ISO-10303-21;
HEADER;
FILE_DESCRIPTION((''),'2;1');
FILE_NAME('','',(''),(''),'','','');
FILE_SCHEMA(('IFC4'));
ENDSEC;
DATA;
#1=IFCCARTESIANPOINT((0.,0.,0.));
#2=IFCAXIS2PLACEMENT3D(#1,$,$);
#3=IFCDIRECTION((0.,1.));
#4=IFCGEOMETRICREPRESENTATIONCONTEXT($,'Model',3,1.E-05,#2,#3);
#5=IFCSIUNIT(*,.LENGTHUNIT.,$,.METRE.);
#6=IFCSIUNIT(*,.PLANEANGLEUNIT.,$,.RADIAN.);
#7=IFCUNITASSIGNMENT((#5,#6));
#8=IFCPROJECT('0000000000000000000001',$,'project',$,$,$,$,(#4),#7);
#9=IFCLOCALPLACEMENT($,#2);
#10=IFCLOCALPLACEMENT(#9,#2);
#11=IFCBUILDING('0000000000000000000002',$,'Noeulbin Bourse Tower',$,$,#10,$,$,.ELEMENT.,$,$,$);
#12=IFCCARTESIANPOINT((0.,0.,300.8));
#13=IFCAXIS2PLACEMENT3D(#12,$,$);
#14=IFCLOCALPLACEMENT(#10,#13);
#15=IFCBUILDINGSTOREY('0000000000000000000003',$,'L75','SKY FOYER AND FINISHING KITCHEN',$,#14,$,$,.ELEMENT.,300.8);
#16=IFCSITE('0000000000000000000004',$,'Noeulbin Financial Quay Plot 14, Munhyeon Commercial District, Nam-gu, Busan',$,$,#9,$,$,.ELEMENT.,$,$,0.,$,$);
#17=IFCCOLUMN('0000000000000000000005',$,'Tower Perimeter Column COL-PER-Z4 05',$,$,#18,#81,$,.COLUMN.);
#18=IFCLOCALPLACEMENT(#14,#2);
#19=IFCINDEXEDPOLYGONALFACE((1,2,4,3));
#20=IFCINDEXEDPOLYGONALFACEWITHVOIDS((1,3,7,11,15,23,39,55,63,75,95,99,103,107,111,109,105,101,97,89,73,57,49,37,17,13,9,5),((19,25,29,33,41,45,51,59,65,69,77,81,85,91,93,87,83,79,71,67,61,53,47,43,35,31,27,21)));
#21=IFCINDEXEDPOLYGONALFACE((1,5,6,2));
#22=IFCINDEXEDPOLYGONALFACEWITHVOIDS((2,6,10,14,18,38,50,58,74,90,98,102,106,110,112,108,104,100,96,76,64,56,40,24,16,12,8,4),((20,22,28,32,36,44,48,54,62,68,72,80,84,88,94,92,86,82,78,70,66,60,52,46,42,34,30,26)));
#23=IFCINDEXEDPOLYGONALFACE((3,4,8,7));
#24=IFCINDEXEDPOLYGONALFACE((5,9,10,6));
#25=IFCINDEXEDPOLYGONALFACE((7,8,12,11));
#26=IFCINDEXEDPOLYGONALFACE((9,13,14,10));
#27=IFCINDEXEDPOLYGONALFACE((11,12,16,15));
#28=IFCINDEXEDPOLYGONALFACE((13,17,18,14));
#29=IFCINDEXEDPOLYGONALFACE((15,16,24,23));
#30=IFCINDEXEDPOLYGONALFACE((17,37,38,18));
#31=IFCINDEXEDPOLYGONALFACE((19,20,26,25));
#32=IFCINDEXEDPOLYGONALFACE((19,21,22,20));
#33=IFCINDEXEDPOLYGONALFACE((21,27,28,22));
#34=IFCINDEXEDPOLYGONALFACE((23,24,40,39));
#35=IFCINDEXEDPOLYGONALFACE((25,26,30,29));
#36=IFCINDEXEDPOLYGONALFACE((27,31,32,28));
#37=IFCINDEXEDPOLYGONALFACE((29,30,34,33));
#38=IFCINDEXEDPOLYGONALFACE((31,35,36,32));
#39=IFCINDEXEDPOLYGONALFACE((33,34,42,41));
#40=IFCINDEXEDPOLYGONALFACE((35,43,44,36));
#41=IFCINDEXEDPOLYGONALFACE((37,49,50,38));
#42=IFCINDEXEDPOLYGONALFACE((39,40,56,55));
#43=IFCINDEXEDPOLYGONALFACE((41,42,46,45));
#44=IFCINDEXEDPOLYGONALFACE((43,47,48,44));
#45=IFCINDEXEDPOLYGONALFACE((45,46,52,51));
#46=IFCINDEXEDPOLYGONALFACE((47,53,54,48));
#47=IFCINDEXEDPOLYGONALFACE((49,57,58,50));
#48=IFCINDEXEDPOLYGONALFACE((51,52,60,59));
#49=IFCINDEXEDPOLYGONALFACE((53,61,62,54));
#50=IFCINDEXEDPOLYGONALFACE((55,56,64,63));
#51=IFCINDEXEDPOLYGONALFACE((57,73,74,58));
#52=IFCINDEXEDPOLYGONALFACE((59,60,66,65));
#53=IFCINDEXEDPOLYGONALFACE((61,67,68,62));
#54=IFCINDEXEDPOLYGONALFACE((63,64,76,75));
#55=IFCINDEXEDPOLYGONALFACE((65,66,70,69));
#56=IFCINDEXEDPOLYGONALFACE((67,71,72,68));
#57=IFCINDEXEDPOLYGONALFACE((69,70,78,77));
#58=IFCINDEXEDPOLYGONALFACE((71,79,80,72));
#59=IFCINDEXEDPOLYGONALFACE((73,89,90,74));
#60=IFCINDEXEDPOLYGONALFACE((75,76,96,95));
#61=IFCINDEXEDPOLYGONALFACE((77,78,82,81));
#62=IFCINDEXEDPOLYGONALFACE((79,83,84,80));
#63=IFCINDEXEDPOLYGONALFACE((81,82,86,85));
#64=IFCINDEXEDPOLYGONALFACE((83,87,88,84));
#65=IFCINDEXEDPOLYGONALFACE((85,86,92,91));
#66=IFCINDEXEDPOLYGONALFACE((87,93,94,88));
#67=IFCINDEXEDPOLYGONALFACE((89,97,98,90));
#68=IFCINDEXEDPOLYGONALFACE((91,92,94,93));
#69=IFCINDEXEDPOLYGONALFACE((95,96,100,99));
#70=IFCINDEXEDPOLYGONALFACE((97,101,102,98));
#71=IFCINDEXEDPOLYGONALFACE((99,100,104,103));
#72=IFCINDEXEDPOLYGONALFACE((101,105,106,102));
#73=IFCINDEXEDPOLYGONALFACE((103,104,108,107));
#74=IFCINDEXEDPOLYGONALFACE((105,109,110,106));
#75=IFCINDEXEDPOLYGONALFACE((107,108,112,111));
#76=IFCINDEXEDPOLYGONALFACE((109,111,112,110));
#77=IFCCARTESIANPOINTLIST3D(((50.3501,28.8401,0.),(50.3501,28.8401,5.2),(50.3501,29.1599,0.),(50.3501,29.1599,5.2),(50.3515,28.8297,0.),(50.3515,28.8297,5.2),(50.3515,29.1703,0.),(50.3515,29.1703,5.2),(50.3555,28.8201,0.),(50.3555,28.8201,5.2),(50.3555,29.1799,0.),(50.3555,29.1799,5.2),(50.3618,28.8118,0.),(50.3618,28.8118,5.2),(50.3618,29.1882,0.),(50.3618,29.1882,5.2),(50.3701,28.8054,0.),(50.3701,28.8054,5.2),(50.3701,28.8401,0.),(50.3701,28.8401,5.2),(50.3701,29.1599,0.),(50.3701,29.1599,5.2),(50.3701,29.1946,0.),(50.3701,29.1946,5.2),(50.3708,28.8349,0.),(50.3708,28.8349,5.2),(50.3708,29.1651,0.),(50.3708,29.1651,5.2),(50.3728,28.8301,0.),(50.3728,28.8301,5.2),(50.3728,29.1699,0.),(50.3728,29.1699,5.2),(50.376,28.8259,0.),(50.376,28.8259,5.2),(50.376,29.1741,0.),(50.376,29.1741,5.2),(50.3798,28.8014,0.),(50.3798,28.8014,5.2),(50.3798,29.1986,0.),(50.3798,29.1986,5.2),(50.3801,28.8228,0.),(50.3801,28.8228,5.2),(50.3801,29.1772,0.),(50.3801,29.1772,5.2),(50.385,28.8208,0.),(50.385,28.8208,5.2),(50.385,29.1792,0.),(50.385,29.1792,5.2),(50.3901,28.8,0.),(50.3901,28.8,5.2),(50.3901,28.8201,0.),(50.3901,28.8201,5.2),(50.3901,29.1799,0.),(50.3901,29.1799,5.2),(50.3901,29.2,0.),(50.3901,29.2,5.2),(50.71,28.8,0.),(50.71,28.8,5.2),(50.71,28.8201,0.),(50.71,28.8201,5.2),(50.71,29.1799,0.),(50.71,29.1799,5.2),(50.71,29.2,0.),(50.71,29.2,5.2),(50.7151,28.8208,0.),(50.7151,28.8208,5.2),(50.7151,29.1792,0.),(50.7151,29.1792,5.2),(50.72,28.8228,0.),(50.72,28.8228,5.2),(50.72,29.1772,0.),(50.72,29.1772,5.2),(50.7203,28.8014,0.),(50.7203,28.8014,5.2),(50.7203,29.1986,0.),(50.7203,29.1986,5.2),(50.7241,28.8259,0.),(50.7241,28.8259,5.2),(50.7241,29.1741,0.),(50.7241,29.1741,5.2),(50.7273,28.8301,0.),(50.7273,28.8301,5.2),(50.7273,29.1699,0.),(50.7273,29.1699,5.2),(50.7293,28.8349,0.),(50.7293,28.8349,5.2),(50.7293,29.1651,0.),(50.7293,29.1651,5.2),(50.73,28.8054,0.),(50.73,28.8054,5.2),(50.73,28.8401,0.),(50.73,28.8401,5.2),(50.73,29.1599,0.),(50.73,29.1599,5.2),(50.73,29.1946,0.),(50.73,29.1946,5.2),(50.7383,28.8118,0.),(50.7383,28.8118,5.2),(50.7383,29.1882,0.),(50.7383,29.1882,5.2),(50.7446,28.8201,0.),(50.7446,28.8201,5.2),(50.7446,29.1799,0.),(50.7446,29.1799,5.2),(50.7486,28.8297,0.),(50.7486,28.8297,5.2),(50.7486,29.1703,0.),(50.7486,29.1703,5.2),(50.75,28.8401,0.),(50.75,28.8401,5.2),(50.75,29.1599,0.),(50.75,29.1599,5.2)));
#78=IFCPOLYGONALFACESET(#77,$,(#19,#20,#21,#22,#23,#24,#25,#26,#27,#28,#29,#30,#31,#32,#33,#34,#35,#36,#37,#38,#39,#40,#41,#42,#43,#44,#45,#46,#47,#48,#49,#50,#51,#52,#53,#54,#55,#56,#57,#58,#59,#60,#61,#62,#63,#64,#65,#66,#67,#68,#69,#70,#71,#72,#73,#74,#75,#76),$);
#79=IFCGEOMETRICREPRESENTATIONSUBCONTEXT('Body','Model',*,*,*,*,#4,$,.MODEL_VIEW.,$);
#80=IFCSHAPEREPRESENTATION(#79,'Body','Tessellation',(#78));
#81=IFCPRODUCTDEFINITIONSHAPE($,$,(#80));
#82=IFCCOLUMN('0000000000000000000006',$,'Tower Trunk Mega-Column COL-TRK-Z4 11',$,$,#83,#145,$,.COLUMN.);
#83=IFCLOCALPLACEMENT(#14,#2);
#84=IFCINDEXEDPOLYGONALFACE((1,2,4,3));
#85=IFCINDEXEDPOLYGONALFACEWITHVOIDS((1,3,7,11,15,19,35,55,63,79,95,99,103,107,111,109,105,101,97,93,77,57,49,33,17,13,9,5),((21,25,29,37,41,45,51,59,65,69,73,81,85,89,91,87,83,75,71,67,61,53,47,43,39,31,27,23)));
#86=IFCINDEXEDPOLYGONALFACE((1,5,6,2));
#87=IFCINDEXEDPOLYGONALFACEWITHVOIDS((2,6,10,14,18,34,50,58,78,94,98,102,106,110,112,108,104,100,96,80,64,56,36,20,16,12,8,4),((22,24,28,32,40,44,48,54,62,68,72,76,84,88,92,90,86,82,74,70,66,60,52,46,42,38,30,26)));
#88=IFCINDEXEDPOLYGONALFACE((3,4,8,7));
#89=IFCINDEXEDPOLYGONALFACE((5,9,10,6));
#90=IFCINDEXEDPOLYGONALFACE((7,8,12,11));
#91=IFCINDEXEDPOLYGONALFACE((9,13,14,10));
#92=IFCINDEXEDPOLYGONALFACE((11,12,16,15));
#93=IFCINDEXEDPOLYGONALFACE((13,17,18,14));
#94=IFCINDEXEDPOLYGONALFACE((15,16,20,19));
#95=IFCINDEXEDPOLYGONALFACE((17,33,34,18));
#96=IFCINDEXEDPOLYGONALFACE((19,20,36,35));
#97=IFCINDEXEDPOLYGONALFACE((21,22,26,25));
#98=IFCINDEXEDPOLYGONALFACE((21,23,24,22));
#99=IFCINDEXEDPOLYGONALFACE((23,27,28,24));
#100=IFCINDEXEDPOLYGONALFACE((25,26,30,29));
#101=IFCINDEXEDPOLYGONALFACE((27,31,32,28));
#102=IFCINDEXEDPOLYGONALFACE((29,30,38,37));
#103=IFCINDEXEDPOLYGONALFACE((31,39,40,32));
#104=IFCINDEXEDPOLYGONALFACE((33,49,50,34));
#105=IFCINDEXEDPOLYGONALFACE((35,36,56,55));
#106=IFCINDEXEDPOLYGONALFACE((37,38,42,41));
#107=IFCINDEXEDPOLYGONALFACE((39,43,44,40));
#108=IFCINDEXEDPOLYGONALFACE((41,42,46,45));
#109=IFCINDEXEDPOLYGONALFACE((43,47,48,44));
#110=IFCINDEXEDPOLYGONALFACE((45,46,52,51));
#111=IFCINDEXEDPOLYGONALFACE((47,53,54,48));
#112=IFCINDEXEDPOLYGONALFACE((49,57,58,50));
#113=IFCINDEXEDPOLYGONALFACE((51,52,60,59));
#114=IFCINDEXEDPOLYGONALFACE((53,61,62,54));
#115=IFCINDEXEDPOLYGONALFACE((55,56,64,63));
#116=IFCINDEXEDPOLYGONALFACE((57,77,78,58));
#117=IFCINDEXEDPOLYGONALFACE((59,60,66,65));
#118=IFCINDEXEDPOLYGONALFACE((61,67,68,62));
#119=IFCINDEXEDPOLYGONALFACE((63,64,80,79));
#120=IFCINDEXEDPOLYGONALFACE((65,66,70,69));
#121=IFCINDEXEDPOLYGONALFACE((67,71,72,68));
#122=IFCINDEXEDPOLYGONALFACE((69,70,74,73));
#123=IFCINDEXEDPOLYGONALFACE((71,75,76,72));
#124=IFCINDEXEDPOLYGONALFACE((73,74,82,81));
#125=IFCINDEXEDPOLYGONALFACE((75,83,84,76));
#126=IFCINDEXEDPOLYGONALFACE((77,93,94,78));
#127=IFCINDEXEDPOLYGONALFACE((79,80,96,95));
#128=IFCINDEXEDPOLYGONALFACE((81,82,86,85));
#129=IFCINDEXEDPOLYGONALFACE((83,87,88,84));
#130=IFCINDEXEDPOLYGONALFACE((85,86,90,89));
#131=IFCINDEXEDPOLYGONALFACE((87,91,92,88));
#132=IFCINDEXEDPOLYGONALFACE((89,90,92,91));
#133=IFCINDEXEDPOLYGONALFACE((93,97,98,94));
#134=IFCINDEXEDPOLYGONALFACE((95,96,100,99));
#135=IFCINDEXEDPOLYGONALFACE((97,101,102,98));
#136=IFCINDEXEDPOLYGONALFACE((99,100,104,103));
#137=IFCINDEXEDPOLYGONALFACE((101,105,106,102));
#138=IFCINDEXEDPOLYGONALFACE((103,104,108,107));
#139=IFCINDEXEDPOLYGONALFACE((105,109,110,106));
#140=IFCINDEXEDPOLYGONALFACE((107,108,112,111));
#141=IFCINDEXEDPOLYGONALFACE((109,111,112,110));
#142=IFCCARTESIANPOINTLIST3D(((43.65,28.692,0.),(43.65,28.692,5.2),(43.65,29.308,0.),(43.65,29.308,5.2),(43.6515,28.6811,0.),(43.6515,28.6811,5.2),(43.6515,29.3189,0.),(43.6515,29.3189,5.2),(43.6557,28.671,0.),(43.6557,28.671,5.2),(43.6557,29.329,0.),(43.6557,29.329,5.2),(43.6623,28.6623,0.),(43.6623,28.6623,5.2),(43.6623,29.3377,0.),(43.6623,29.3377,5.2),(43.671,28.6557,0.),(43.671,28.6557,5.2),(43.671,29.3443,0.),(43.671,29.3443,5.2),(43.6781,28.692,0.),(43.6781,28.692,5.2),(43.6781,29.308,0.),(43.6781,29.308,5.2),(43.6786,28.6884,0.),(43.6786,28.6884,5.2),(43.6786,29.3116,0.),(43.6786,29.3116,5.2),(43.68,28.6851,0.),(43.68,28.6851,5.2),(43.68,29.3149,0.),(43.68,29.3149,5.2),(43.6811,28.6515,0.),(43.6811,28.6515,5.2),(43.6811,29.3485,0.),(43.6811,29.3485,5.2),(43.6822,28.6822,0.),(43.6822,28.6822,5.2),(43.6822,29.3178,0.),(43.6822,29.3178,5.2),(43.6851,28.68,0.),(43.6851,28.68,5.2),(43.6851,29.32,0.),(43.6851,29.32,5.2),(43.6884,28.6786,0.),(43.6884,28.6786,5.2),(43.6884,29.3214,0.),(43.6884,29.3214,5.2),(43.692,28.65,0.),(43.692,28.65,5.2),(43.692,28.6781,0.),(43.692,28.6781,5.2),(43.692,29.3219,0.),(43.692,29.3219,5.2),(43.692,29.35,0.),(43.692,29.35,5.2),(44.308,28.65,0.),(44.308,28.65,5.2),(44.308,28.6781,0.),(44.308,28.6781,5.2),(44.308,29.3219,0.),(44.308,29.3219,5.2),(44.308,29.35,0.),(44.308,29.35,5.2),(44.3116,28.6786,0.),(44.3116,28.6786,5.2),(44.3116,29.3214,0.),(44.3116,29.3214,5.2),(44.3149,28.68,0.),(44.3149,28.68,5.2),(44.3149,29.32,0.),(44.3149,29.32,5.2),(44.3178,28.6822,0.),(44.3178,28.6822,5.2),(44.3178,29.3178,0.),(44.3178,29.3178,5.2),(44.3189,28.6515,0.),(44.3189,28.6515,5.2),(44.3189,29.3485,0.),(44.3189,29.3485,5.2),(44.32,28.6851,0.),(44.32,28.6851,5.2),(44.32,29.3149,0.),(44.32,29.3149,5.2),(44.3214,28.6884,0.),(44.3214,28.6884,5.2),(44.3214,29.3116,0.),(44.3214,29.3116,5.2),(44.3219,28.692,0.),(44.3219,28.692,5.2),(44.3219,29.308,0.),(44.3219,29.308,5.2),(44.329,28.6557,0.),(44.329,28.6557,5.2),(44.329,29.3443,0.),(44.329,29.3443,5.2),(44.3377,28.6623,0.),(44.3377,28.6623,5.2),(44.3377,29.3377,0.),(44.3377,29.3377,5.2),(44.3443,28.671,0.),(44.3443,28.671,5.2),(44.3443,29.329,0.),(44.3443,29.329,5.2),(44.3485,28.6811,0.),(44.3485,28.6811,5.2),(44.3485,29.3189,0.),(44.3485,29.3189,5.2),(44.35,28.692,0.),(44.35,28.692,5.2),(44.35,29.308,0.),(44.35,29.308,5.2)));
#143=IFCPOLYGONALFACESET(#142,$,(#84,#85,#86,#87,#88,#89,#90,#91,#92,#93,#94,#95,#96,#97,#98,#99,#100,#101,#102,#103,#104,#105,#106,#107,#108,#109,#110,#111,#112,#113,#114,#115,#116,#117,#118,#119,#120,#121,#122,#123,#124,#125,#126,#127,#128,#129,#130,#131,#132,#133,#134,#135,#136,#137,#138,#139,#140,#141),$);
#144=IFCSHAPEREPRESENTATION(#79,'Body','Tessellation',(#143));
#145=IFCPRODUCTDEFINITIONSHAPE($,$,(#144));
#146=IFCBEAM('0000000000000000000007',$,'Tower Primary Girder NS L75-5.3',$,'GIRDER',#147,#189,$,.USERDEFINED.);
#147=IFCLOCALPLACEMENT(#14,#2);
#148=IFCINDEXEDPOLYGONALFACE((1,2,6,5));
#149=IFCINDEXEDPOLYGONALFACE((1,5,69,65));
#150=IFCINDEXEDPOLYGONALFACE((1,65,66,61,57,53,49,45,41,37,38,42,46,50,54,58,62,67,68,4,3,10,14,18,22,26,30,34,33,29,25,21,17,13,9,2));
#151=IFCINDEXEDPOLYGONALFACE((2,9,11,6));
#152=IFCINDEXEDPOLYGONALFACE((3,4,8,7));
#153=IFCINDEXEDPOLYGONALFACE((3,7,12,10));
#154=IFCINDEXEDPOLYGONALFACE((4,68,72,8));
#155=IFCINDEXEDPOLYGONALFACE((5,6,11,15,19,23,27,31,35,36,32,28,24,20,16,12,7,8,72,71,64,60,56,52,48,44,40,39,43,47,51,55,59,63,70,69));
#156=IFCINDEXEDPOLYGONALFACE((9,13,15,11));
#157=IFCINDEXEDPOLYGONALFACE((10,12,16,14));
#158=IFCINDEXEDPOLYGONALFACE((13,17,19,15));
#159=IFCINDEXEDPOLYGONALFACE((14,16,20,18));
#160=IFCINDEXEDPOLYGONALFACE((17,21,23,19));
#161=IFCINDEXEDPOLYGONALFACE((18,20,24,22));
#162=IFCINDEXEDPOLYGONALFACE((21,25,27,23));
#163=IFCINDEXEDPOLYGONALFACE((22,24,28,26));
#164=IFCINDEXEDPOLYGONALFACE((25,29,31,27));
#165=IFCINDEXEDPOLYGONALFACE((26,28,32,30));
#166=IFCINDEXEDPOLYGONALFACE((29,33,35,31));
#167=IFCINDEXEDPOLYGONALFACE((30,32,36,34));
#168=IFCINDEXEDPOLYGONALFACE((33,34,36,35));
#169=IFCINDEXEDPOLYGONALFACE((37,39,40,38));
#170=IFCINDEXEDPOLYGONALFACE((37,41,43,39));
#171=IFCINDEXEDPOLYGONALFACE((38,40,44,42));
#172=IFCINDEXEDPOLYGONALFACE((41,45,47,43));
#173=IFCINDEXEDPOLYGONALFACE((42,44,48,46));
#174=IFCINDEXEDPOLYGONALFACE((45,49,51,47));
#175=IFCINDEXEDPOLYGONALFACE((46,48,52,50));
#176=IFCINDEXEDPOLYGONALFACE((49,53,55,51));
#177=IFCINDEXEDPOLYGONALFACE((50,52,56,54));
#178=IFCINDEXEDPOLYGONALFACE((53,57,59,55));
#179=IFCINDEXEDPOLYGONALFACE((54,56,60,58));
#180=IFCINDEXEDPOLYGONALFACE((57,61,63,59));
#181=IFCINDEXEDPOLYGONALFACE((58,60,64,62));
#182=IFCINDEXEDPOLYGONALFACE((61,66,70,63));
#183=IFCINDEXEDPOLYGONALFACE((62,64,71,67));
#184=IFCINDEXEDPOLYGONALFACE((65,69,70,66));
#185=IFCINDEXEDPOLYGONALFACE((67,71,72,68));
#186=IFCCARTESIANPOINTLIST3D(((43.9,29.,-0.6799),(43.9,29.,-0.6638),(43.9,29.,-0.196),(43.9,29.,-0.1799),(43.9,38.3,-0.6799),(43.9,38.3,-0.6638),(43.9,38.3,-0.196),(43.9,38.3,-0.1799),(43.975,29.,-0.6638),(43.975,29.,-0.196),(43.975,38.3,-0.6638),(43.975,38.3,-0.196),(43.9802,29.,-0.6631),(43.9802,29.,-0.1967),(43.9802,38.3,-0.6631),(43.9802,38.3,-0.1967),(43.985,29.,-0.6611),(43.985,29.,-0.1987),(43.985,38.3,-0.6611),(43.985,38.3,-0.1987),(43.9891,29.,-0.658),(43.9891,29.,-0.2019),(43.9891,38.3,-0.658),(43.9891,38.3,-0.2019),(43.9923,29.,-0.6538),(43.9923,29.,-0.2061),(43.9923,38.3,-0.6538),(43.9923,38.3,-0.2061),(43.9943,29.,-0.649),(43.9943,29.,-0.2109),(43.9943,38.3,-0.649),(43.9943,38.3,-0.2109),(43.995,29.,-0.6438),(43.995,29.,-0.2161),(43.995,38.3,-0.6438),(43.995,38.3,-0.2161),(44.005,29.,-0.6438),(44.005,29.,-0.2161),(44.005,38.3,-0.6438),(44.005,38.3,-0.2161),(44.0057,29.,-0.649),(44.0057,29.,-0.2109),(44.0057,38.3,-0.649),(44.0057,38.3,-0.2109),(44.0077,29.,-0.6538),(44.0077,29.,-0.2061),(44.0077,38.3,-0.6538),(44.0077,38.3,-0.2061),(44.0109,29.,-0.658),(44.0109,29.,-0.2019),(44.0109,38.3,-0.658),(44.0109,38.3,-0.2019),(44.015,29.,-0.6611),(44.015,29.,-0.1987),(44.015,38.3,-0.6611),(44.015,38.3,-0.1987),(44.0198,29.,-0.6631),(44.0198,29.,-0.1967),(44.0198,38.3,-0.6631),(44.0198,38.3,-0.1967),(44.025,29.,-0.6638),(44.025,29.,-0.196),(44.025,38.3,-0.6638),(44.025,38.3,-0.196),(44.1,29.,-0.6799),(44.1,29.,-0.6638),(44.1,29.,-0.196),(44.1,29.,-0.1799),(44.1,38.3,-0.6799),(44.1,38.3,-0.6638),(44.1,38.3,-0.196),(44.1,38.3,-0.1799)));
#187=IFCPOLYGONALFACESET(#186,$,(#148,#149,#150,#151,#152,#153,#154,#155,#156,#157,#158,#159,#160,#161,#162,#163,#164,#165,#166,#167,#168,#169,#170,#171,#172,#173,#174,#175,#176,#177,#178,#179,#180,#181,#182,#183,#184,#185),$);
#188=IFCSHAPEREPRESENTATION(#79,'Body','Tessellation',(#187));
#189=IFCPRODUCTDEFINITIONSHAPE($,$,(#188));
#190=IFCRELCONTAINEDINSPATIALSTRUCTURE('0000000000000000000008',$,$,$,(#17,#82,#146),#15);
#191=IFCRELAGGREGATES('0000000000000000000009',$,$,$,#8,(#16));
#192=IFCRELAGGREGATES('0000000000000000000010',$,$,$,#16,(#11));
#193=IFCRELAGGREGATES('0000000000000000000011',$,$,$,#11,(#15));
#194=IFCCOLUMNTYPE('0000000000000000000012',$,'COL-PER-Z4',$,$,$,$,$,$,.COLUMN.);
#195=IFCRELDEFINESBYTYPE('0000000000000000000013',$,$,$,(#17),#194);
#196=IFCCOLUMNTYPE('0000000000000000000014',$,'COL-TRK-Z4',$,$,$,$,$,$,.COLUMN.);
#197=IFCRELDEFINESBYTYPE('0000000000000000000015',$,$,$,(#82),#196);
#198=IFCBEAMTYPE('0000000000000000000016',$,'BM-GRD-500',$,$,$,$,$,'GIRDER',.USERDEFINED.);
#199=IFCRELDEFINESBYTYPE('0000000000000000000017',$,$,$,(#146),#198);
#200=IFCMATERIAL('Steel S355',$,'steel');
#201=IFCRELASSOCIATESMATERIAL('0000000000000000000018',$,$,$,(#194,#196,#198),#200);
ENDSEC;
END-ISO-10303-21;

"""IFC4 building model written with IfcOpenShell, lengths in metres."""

from ifc_helpers import new_model, si_unit, direction, frame, origin, origin_2d, place, context, subcontext, project, spatial, hollow_rectangle, i_section, extrude, material, material_profile, profile_set, type_object, element, save


model = new_model("IFC4")

# Units and contexts
model_context = context("Model", 3, precision=1e-05, world=origin(), true_north=direction((0.0, 1.0)))
body_context = subcontext(model_context, "Body", "Model", "MODEL_VIEW")
ifc_project = project(units=[si_unit("LENGTHUNIT", "METRE"), si_unit("PLANEANGLEUNIT", "RADIAN")], contexts=[model_context])

# Site, building, storey
site_placement = place(None, origin())
site = spatial("IfcSite", under=ifc_project, at=site_placement, Name="Noeulbin Financial Quay Plot 14, Munhyeon Commercial District, Nam-gu, Busan", CompositionType="ELEMENT", RefElevation=0.0)
building_placement = place(site_placement, origin())
building = spatial("IfcBuilding", under=site, at=building_placement, Name="Noeulbin Bourse Tower", CompositionType="ELEMENT")
storey_placement = place(building_placement, frame((0.0, 0.0, 300.8)))
storey = spatial("IfcBuildingStorey", under=building, at=storey_placement, Name="L75", Description="SKY FOYER AND FINISHING KITCHEN", CompositionType="ELEMENT", Elevation=300.8)

# Columns
ifc_material_1 = material(Name="Steel S355", Category="steel")
ifc_material_profile_1 = material_profile(ifc_material_1, hollow_rectangle(XDim=0.3999, YDim=0.3999, WallThickness=0.02, InnerFilletRadius=0.02, OuterFilletRadius=0.04, at=origin_2d()), Name="SHS-400x400x20", Category="LoadBearing")
ifc_profile_set_1 = profile_set([ifc_material_profile_1], Name="Steel S355")
column_type_1 = type_object("IfcColumnType", Name="COL-PER-Z4", PredefinedType="COLUMN", material=ifc_profile_set_1)
column_1_placement = place(storey_placement, frame((50.55, 29.0, 0.0), z_axis=(0.0, 0.0, 1.0), x_axis=(1.0, 0.0, 0.0)))
element("IfcColumn", 1, at=column_1_placement, inside=storey, type_object=column_type_1, Name="Tower Perimeter Column COL-PER-Z4 05", PredefinedType="COLUMN", context=body_context, shape_type="SweptSolid", body=[
    extrude(hollow_rectangle(XDim=0.3999, YDim=0.3999, WallThickness=0.02, InnerFilletRadius=0.02, OuterFilletRadius=0.04, at=origin_2d()), origin(), (0.0, 0.0, 1.0), 5.2),
])
ifc_material_profile_2 = material_profile(ifc_material_1, hollow_rectangle(XDim=0.7, YDim=0.7, WallThickness=0.0281, InnerFilletRadius=0.0139, OuterFilletRadius=0.042, at=origin_2d()), Name="BOX-700x700x28", Category="LoadBearing")
ifc_profile_set_2 = profile_set([ifc_material_profile_2], Name="Steel S355")
column_type_2 = type_object("IfcColumnType", Name="COL-TRK-Z4", PredefinedType="COLUMN", material=ifc_profile_set_2)
column_2_placement = place(storey_placement, frame((44.0, 29.0, 0.0), z_axis=(0.0, 0.0, 1.0), x_axis=(1.0, 0.0, 0.0)))
element("IfcColumn", 2, at=column_2_placement, inside=storey, type_object=column_type_2, Name="Tower Trunk Mega-Column COL-TRK-Z4 11", PredefinedType="COLUMN", context=body_context, shape_type="SweptSolid", body=[
    extrude(hollow_rectangle(XDim=0.7, YDim=0.7, WallThickness=0.0281, InnerFilletRadius=0.0139, OuterFilletRadius=0.042, at=origin_2d()), origin(), (0.0, 0.0, 1.0), 5.2),
])

# Beam
ifc_material_profile_3 = material_profile(ifc_material_1, i_section(OverallWidth=0.2, OverallDepth=0.5, WebThickness=0.01, FlangeThickness=0.0161, FilletRadius=0.02, at=origin_2d()), Name="H-500x200x10x16", Category="LoadBearing")
ifc_profile_set_3 = profile_set([ifc_material_profile_3], Name="Steel S355")
beam_type_1 = type_object("IfcBeamType", Name="BM-GRD-500", ElementType="GIRDER", PredefinedType="USERDEFINED", material=ifc_profile_set_3)
beam_1_placement = place(storey_placement, frame((44.0, 29.0, -0.4299), z_axis=(0.0, 1.0, 0.0), x_axis=(-1.0, 0.0, 0.0)))
element("IfcBeam", 3, at=beam_1_placement, inside=storey, type_object=beam_type_1, Name="Tower Primary Girder NS L75-5.3", ObjectType="GIRDER", PredefinedType="USERDEFINED", context=body_context, shape_type="SweptSolid", body=[
    extrude(i_section(OverallWidth=0.2, OverallDepth=0.5, WebThickness=0.01, FlangeThickness=0.0161, FilletRadius=0.02, at=origin_2d()), origin(), (0.0, 0.0, 1.0), 9.3),
])

save(model, "model.ifc")
